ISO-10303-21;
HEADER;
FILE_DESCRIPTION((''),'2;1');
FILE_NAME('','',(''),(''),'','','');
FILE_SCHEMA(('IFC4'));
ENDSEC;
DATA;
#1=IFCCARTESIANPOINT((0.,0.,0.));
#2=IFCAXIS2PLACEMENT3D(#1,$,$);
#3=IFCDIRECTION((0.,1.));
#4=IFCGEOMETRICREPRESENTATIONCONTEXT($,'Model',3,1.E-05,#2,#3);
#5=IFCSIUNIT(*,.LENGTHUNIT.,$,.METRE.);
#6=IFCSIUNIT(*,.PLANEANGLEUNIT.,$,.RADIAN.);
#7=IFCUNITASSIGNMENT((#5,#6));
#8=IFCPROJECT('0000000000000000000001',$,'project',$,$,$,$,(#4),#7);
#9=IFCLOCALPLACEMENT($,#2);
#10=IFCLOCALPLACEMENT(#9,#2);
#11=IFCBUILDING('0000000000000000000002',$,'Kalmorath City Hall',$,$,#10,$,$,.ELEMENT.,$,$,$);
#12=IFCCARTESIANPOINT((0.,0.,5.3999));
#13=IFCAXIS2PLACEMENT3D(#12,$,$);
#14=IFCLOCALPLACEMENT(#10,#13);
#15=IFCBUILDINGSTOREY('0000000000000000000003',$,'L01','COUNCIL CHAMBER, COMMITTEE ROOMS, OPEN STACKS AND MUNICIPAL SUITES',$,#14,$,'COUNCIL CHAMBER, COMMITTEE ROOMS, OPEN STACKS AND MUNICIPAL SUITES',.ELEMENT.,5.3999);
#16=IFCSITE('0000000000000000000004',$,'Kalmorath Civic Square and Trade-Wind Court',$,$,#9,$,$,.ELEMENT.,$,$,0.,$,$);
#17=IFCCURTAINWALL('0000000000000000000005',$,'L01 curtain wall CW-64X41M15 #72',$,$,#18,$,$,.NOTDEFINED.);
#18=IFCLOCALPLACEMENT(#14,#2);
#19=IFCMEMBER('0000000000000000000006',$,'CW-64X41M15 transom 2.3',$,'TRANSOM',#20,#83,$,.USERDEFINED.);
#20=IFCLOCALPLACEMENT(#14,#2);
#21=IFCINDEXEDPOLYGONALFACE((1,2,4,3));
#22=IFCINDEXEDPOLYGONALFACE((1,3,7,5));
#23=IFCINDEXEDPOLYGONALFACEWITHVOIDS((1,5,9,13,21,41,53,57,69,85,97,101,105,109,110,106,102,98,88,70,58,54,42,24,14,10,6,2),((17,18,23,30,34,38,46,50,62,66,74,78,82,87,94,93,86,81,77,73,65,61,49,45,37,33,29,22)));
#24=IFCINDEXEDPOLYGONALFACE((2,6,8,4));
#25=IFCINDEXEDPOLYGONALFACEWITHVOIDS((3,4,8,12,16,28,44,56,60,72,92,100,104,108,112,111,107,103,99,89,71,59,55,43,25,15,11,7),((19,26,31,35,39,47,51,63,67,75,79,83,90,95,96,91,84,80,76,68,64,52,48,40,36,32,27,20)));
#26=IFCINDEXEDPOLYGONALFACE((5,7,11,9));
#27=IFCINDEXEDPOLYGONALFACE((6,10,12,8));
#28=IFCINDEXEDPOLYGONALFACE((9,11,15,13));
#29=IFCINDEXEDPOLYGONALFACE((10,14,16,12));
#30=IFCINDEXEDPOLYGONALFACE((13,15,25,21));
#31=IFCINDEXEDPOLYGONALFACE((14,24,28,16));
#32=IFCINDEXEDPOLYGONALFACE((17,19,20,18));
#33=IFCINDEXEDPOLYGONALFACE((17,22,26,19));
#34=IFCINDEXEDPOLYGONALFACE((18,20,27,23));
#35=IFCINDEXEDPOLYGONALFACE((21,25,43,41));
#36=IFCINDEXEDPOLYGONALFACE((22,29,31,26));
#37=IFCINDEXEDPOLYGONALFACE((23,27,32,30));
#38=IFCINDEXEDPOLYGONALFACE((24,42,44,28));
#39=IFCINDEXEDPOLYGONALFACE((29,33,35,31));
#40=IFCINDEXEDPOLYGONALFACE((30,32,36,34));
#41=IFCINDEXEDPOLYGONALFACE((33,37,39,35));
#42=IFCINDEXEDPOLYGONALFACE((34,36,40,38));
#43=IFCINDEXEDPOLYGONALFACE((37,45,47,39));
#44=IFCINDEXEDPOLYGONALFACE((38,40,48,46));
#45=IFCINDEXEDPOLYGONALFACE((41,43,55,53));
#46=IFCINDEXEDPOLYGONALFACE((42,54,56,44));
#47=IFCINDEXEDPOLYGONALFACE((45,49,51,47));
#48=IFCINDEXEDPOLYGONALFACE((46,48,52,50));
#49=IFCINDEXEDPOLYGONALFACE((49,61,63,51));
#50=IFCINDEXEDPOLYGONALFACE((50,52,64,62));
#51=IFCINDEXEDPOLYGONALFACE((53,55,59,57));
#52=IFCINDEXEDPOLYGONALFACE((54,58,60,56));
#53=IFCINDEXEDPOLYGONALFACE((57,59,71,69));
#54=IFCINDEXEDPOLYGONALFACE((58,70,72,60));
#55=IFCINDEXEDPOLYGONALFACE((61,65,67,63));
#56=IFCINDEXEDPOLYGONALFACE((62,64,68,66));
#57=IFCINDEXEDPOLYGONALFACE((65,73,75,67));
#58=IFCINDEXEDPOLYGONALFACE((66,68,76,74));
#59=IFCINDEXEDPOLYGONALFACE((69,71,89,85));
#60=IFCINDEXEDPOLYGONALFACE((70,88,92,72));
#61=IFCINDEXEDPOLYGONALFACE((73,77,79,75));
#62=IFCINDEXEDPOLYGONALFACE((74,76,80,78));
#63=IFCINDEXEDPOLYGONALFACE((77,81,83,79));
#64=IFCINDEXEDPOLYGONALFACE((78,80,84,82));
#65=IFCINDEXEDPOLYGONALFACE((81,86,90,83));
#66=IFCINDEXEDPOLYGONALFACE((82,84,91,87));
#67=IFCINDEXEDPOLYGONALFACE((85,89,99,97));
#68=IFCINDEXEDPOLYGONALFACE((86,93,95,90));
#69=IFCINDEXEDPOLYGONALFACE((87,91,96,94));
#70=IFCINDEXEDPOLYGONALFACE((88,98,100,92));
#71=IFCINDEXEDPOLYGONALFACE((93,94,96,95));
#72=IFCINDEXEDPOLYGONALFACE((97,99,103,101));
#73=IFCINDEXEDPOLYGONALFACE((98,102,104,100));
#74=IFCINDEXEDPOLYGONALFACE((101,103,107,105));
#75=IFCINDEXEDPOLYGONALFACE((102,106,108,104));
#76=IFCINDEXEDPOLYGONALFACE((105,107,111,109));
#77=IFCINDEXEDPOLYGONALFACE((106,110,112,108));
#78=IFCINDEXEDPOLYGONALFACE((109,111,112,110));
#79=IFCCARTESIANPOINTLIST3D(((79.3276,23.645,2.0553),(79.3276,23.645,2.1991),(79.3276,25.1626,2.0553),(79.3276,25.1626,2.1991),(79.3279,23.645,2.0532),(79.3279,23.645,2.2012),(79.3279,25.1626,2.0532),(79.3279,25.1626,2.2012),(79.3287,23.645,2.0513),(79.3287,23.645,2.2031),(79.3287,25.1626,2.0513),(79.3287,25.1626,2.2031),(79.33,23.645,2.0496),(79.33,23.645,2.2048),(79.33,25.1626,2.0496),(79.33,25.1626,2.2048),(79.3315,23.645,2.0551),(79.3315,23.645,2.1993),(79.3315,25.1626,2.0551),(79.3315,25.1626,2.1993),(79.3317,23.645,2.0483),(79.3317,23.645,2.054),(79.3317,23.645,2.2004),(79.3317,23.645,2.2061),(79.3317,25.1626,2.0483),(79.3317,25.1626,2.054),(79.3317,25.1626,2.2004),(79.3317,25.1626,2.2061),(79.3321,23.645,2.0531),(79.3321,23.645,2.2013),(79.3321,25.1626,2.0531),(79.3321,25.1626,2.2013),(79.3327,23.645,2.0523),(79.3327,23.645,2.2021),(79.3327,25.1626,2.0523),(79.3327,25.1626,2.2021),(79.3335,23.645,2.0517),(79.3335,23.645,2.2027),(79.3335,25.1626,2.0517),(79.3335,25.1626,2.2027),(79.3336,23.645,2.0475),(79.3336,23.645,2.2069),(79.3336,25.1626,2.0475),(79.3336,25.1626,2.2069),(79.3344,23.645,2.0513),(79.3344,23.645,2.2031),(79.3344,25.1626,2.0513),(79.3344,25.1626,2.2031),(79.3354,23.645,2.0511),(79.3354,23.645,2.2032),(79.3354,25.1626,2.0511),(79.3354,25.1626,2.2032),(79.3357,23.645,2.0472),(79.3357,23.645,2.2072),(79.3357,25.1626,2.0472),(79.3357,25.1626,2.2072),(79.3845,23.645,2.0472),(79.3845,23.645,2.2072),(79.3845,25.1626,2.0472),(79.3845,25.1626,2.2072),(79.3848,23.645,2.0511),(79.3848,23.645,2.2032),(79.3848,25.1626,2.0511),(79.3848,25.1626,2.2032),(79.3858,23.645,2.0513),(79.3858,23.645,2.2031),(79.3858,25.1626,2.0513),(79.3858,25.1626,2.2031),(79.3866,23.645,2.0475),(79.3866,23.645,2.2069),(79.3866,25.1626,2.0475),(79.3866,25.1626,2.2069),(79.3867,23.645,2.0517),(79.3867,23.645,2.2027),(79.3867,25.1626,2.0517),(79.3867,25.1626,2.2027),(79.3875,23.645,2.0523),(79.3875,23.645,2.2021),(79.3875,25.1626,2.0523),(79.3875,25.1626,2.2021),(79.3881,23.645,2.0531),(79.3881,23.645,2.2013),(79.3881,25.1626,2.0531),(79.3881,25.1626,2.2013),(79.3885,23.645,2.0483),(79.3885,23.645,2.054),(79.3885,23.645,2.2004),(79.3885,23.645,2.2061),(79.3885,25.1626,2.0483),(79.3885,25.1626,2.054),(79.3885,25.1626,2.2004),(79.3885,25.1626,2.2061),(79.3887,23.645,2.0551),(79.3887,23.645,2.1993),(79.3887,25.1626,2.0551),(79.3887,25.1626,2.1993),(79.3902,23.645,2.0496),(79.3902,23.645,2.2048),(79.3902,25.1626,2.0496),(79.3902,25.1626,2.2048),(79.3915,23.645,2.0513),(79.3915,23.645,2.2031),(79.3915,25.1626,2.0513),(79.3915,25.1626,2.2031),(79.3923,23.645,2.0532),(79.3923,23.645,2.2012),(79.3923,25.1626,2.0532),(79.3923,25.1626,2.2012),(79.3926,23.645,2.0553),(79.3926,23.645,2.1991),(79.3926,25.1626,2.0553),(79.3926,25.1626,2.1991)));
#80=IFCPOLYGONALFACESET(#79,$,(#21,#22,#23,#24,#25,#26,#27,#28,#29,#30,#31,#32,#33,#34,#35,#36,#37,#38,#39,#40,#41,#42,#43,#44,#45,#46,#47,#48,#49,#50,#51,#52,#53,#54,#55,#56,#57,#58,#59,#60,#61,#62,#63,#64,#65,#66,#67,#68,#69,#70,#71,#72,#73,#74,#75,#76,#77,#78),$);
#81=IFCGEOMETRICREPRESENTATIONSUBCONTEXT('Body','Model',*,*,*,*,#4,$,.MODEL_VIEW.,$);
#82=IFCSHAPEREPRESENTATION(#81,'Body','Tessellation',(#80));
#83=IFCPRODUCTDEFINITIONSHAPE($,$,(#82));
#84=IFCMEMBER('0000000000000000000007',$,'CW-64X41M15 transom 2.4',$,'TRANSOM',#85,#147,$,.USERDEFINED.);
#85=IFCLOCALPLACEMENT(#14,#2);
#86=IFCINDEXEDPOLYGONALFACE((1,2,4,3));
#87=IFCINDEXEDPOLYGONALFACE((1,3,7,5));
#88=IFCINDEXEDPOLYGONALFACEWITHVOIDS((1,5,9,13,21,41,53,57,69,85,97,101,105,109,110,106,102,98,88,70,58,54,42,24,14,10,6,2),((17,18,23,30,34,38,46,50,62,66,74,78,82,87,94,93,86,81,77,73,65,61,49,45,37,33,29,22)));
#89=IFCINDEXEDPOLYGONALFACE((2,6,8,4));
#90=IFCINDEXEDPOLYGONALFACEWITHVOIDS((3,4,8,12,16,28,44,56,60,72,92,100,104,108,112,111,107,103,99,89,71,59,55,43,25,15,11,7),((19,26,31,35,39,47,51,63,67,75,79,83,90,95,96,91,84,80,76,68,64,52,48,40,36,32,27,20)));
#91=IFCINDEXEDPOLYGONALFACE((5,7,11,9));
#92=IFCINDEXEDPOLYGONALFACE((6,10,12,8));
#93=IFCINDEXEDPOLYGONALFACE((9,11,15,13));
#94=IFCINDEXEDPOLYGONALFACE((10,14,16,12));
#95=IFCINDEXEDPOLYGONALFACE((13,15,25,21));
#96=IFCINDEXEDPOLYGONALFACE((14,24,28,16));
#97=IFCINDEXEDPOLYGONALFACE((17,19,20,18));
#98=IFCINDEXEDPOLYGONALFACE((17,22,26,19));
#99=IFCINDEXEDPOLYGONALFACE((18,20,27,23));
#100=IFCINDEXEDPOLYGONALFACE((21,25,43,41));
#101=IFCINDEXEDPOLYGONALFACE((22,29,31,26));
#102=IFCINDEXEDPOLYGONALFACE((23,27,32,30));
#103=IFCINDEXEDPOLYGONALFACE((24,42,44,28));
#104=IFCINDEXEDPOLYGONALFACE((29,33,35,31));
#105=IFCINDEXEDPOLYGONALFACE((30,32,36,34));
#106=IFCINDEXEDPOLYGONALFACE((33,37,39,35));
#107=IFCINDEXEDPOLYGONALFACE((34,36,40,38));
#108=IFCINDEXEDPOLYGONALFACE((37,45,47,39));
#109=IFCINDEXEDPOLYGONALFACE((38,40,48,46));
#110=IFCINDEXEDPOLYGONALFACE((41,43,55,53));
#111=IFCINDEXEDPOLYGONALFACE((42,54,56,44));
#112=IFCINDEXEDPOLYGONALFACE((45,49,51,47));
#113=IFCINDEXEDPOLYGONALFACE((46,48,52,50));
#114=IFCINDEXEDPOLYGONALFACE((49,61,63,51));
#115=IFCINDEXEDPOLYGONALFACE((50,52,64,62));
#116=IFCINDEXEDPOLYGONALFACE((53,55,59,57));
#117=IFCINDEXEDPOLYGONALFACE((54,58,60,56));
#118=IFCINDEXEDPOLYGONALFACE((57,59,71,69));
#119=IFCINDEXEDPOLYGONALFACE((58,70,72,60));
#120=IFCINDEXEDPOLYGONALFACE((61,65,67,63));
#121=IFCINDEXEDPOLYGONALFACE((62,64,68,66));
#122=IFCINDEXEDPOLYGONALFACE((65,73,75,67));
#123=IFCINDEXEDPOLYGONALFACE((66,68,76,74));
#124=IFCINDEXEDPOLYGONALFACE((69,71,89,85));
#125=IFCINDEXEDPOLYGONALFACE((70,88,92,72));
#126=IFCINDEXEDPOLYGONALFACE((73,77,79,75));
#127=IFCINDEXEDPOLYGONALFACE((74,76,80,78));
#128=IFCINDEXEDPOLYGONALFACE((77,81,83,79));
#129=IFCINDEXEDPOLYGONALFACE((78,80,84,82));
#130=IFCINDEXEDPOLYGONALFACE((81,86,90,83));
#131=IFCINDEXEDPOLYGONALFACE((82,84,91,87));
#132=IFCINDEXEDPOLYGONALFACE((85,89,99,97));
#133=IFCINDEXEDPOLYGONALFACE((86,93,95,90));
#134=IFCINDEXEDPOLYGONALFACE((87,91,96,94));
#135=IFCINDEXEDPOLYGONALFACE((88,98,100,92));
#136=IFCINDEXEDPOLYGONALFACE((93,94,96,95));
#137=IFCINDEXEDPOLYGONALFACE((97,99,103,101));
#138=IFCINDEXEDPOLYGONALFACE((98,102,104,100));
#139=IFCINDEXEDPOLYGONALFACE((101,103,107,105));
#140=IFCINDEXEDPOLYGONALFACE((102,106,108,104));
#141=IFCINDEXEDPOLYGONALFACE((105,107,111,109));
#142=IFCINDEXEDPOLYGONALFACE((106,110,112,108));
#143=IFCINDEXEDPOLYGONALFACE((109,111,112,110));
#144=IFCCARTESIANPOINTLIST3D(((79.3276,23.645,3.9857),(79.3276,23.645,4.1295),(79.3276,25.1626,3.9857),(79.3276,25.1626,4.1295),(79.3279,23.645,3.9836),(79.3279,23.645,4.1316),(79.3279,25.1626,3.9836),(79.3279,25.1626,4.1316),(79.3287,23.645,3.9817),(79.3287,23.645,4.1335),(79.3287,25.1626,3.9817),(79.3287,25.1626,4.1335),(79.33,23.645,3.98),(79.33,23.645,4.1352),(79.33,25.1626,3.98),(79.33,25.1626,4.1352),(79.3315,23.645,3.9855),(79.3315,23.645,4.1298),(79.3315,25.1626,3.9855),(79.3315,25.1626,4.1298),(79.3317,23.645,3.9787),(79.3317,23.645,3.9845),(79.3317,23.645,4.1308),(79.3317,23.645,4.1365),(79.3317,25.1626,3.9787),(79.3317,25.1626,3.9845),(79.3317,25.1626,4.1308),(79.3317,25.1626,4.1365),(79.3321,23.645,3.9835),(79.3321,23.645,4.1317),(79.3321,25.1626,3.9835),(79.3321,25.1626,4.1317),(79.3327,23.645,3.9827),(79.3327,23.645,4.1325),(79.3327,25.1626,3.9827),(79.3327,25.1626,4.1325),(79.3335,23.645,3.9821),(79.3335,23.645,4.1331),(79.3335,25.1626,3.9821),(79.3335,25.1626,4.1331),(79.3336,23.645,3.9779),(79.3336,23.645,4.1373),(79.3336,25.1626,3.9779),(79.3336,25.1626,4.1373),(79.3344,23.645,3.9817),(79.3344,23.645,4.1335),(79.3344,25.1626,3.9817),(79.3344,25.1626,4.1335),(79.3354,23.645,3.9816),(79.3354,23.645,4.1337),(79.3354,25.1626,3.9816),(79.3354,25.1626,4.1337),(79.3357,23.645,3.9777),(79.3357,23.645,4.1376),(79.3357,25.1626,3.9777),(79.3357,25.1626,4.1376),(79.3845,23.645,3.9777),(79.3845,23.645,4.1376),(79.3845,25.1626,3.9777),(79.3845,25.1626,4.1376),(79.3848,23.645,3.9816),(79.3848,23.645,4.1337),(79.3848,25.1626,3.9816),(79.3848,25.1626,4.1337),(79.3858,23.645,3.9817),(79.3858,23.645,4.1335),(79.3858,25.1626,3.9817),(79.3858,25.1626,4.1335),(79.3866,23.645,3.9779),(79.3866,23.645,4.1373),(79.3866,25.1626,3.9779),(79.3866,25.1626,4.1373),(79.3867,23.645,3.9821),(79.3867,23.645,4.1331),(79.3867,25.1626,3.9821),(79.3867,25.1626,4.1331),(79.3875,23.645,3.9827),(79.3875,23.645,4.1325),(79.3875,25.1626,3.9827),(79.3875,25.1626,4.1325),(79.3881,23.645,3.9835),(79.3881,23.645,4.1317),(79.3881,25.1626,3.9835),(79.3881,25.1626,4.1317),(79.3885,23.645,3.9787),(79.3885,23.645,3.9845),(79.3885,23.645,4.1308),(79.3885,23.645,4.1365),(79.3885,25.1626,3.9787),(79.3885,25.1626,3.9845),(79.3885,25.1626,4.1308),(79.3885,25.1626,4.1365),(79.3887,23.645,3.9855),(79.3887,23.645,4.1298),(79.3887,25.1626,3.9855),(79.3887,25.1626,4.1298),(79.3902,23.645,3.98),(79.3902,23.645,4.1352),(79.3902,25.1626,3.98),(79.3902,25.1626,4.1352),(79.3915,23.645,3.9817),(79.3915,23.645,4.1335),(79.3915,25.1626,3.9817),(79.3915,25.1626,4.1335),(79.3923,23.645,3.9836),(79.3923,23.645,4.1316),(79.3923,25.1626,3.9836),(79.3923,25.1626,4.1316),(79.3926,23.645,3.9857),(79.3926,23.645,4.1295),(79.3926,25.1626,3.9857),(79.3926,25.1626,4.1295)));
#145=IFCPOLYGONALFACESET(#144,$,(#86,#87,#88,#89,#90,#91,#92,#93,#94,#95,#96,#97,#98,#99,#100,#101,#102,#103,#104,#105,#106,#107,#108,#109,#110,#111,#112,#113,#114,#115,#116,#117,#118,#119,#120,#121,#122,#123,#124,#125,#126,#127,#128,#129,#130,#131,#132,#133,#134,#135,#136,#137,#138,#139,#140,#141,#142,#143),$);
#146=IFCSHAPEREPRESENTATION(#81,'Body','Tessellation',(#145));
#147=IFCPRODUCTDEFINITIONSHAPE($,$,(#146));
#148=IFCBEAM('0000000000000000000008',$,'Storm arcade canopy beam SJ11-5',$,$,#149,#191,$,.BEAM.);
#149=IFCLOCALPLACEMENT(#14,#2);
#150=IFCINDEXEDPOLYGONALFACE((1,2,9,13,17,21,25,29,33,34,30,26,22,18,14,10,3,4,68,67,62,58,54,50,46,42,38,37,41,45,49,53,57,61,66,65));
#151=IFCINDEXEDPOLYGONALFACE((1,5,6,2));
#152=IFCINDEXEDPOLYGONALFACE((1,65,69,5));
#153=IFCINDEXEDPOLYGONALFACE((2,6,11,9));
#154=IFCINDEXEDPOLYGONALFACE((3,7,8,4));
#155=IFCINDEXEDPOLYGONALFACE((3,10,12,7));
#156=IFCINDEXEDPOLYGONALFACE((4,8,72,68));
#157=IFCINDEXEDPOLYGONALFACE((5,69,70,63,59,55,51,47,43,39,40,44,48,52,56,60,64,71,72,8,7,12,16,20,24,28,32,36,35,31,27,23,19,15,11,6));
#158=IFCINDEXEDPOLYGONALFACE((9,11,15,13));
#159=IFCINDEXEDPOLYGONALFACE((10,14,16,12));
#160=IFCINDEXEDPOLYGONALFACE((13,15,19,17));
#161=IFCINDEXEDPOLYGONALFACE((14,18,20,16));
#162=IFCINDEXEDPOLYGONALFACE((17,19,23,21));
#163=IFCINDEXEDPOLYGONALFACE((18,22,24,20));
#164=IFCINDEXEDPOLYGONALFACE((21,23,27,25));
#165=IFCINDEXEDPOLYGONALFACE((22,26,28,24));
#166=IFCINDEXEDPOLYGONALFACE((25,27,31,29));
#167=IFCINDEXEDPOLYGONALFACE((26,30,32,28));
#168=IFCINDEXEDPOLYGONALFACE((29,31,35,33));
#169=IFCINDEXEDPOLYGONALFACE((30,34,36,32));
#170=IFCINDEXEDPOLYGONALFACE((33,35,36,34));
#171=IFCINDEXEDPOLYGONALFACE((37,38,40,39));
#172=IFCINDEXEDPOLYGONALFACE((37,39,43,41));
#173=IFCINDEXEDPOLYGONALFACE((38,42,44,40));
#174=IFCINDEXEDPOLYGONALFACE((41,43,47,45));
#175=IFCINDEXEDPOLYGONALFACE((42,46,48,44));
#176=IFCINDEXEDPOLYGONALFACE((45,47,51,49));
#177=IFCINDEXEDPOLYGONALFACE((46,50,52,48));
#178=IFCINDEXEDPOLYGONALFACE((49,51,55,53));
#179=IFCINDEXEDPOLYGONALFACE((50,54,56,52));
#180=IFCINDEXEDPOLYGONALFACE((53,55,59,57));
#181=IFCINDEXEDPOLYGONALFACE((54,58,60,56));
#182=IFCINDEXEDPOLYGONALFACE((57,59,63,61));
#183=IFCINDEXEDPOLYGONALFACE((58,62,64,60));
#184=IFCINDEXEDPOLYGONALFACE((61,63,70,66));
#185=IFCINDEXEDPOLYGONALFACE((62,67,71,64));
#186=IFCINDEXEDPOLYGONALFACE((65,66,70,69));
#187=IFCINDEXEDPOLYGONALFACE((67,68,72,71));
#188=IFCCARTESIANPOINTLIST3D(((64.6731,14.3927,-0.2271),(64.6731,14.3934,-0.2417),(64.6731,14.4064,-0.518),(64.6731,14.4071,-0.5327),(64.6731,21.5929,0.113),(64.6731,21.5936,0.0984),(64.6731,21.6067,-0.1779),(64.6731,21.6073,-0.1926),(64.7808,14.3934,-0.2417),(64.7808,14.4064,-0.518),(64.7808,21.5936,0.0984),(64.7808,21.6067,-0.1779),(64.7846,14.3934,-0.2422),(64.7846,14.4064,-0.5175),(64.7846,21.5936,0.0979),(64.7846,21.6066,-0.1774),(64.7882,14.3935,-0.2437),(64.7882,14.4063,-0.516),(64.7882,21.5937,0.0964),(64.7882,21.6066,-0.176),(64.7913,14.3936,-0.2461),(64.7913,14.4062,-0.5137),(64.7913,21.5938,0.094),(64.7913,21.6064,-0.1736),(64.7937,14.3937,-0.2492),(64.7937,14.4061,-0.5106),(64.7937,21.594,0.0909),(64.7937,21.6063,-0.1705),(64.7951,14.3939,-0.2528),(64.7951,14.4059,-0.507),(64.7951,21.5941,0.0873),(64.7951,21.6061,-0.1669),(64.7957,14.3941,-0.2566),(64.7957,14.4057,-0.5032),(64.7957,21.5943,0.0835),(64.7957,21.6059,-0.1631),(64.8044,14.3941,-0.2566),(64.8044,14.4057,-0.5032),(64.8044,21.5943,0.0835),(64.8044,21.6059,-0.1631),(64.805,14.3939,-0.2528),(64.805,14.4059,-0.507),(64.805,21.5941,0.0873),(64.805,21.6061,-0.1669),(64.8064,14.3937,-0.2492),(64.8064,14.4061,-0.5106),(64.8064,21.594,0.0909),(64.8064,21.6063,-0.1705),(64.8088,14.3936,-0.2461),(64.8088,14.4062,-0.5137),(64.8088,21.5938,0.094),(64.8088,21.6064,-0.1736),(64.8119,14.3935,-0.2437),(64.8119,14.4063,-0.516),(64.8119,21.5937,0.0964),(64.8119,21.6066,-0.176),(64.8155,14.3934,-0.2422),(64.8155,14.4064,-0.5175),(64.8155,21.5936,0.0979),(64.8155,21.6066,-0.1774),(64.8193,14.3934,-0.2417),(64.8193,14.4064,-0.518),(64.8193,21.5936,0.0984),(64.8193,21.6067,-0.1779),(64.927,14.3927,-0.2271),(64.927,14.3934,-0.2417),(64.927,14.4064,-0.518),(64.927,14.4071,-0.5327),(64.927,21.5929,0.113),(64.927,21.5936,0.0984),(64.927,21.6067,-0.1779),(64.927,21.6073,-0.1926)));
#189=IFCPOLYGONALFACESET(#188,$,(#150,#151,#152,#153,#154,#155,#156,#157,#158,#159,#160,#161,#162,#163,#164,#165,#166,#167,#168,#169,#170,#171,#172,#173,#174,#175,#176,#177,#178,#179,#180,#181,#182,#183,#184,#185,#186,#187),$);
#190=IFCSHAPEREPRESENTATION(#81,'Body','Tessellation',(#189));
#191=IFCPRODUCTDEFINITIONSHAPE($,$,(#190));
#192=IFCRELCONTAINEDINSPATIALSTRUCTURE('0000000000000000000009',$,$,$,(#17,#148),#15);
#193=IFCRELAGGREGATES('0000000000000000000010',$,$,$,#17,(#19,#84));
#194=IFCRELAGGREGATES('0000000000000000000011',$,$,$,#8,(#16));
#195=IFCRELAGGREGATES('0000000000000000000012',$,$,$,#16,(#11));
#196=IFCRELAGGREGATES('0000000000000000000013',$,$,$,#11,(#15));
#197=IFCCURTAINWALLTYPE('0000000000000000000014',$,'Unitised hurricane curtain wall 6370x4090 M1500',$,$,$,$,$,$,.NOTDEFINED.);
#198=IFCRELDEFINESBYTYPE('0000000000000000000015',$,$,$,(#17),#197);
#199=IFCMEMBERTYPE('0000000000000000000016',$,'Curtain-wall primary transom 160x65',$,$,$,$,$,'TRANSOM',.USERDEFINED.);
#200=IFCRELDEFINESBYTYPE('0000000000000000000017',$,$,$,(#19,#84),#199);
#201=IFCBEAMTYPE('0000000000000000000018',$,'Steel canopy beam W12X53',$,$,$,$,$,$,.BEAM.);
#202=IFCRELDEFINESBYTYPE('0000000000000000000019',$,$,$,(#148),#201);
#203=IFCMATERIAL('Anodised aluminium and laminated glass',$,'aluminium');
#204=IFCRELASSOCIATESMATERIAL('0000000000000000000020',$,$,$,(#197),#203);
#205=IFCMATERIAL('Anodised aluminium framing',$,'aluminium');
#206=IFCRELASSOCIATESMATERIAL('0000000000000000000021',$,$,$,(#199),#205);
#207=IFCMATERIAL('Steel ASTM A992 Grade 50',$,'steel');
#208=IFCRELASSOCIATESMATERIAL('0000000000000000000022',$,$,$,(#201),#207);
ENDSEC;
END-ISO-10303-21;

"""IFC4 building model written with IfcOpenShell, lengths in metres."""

from ifc_helpers import new_model, si_unit, direction, frame, origin, origin_2d, place, context, subcontext, project, spatial, hollow_rectangle, i_section, extrude, material, material_profile, profile_set, type_object, element, aggregate, save


model = new_model("IFC4")

# Units and contexts
model_context = context("Model", 3, precision=1e-05, world=origin(), true_north=direction((0.0, 1.0)))
body_context = subcontext(model_context, "Body", "Model", "MODEL_VIEW")
ifc_project = project(units=[si_unit("LENGTHUNIT", "METRE"), si_unit("PLANEANGLEUNIT", "RADIAN")], contexts=[model_context])

# Site, building, storey
site_placement = place(None, origin())
site = spatial("IfcSite", under=ifc_project, at=site_placement, Name="Kalmorath Civic Square and Trade-Wind Court", CompositionType="ELEMENT", RefElevation=0.0)
building_placement = place(site_placement, origin())
building = spatial("IfcBuilding", under=site, at=building_placement, Name="Kalmorath City Hall", CompositionType="ELEMENT")
storey_placement = place(building_placement, frame((0.0, 0.0, 5.3999)))
storey = spatial("IfcBuildingStorey", under=building, at=storey_placement, Name="L01", Description="COUNCIL CHAMBER, COMMITTEE ROOMS, OPEN STACKS AND MUNICIPAL SUITES", LongName="COUNCIL CHAMBER, COMMITTEE ROOMS, OPEN STACKS AND MUNICIPAL SUITES", CompositionType="ELEMENT", Elevation=5.3999)

# Curtain wall, members
ifc_material_1 = material(Name="Anodised aluminium and laminated glass", Category="aluminium")
curtain_wall_type = type_object("IfcCurtainWallType", Name="Unitised hurricane curtain wall 6370x4090 M1500", PredefinedType="NOTDEFINED", material=ifc_material_1)
curtain_wall_placement = place(storey_placement, origin())
curtain_wall = element("IfcCurtainWall", 1, at=curtain_wall_placement, inside=storey, type_object=curtain_wall_type, Name="L01 curtain wall CW-64X41M15 #72", PredefinedType="NOTDEFINED")
ifc_material_2 = material(Name="Anodised aluminium framing", Category="aluminium")
ifc_material_profile_1 = material_profile(ifc_material_2, hollow_rectangle(XDim=0.0649, YDim=0.1599, WallThickness=0.0039, InnerFilletRadius=0.0039, OuterFilletRadius=0.0081, at=origin_2d()), Name="ALU-TRN-160X65X4")
ifc_profile_set_1 = profile_set([ifc_material_profile_1], Name="Anodised aluminium framing")
member_type_1 = type_object("IfcMemberType", Name="Curtain-wall primary transom 160x65", ElementType="TRANSOM", PredefinedType="USERDEFINED", material=ifc_profile_set_1)
member_1_placement = place(storey_placement, frame((79.3601, 23.645, 2.1272), z_axis=(0.0, 1.0, 0.0), x_axis=(-1.0, 0.0, 0.0)))
member_1 = element("IfcMember", 2, at=member_1_placement, type_object=member_type_1, Name="CW-64X41M15 transom 2.3", ObjectType="TRANSOM", PredefinedType="USERDEFINED", context=body_context, shape_type="SweptSolid", body=[
    extrude(hollow_rectangle(XDim=0.0649, YDim=0.1599, WallThickness=0.0039, InnerFilletRadius=0.0039, OuterFilletRadius=0.0081, at=origin_2d()), origin(), (0.0, 0.0, 1.0), 1.5176),
])
member_2_placement = place(storey_placement, frame((79.3601, 23.645, 4.0576), z_axis=(0.0, 1.0, 0.0), x_axis=(-1.0, 0.0, 0.0)))
member_2 = element("IfcMember", 3, at=member_2_placement, type_object=member_type_1, Name="CW-64X41M15 transom 2.4", ObjectType="TRANSOM", PredefinedType="USERDEFINED", context=body_context, shape_type="SweptSolid", body=[
    extrude(hollow_rectangle(XDim=0.0649, YDim=0.1599, WallThickness=0.0039, InnerFilletRadius=0.0039, OuterFilletRadius=0.0081, at=origin_2d()), origin(), (0.0, 0.0, 1.0), 1.5176),
])

# Beam
ifc_material_3 = material(Name="Steel ASTM A992 Grade 50", Category="steel")
ifc_material_profile_2 = material_profile(ifc_material_3, i_section(OverallWidth=0.2539, OverallDepth=0.3059, WebThickness=0.0088, FlangeThickness=0.0146, FilletRadius=0.0149, at=origin_2d()), Name="W12X53")
ifc_profile_set_2 = profile_set([ifc_material_profile_2], Name="Steel ASTM A992 Grade 50")
beam_type_1 = type_object("IfcBeamType", Name="Steel canopy beam W12X53", PredefinedType="BEAM", material=ifc_profile_set_2)
for number, where, z_axis, x_axis, name in (
    (4, (64.8, 14.3999, -0.3799), (0.0, 0.998886, 0.047181), (-1.0, 0.0, 0.0), "Storm arcade canopy beam SJ11-5"),
):
    element("IfcBeam", number, at=place(storey_placement, frame(where, z_axis=z_axis, x_axis=x_axis)), inside=storey, type_object=beam_type_1, Name=name, PredefinedType="BEAM", context=body_context, shape_type="SweptSolid", body=[
        extrude(i_section(OverallWidth=0.2539, OverallDepth=0.3059, WebThickness=0.0088, FlangeThickness=0.0146, FilletRadius=0.0149, at=origin_2d()), origin(), (0.0, 0.0, 1.0), 7.2083),
    ])

aggregate(curtain_wall, [member_1, member_2])

save(model, "model.ifc")
